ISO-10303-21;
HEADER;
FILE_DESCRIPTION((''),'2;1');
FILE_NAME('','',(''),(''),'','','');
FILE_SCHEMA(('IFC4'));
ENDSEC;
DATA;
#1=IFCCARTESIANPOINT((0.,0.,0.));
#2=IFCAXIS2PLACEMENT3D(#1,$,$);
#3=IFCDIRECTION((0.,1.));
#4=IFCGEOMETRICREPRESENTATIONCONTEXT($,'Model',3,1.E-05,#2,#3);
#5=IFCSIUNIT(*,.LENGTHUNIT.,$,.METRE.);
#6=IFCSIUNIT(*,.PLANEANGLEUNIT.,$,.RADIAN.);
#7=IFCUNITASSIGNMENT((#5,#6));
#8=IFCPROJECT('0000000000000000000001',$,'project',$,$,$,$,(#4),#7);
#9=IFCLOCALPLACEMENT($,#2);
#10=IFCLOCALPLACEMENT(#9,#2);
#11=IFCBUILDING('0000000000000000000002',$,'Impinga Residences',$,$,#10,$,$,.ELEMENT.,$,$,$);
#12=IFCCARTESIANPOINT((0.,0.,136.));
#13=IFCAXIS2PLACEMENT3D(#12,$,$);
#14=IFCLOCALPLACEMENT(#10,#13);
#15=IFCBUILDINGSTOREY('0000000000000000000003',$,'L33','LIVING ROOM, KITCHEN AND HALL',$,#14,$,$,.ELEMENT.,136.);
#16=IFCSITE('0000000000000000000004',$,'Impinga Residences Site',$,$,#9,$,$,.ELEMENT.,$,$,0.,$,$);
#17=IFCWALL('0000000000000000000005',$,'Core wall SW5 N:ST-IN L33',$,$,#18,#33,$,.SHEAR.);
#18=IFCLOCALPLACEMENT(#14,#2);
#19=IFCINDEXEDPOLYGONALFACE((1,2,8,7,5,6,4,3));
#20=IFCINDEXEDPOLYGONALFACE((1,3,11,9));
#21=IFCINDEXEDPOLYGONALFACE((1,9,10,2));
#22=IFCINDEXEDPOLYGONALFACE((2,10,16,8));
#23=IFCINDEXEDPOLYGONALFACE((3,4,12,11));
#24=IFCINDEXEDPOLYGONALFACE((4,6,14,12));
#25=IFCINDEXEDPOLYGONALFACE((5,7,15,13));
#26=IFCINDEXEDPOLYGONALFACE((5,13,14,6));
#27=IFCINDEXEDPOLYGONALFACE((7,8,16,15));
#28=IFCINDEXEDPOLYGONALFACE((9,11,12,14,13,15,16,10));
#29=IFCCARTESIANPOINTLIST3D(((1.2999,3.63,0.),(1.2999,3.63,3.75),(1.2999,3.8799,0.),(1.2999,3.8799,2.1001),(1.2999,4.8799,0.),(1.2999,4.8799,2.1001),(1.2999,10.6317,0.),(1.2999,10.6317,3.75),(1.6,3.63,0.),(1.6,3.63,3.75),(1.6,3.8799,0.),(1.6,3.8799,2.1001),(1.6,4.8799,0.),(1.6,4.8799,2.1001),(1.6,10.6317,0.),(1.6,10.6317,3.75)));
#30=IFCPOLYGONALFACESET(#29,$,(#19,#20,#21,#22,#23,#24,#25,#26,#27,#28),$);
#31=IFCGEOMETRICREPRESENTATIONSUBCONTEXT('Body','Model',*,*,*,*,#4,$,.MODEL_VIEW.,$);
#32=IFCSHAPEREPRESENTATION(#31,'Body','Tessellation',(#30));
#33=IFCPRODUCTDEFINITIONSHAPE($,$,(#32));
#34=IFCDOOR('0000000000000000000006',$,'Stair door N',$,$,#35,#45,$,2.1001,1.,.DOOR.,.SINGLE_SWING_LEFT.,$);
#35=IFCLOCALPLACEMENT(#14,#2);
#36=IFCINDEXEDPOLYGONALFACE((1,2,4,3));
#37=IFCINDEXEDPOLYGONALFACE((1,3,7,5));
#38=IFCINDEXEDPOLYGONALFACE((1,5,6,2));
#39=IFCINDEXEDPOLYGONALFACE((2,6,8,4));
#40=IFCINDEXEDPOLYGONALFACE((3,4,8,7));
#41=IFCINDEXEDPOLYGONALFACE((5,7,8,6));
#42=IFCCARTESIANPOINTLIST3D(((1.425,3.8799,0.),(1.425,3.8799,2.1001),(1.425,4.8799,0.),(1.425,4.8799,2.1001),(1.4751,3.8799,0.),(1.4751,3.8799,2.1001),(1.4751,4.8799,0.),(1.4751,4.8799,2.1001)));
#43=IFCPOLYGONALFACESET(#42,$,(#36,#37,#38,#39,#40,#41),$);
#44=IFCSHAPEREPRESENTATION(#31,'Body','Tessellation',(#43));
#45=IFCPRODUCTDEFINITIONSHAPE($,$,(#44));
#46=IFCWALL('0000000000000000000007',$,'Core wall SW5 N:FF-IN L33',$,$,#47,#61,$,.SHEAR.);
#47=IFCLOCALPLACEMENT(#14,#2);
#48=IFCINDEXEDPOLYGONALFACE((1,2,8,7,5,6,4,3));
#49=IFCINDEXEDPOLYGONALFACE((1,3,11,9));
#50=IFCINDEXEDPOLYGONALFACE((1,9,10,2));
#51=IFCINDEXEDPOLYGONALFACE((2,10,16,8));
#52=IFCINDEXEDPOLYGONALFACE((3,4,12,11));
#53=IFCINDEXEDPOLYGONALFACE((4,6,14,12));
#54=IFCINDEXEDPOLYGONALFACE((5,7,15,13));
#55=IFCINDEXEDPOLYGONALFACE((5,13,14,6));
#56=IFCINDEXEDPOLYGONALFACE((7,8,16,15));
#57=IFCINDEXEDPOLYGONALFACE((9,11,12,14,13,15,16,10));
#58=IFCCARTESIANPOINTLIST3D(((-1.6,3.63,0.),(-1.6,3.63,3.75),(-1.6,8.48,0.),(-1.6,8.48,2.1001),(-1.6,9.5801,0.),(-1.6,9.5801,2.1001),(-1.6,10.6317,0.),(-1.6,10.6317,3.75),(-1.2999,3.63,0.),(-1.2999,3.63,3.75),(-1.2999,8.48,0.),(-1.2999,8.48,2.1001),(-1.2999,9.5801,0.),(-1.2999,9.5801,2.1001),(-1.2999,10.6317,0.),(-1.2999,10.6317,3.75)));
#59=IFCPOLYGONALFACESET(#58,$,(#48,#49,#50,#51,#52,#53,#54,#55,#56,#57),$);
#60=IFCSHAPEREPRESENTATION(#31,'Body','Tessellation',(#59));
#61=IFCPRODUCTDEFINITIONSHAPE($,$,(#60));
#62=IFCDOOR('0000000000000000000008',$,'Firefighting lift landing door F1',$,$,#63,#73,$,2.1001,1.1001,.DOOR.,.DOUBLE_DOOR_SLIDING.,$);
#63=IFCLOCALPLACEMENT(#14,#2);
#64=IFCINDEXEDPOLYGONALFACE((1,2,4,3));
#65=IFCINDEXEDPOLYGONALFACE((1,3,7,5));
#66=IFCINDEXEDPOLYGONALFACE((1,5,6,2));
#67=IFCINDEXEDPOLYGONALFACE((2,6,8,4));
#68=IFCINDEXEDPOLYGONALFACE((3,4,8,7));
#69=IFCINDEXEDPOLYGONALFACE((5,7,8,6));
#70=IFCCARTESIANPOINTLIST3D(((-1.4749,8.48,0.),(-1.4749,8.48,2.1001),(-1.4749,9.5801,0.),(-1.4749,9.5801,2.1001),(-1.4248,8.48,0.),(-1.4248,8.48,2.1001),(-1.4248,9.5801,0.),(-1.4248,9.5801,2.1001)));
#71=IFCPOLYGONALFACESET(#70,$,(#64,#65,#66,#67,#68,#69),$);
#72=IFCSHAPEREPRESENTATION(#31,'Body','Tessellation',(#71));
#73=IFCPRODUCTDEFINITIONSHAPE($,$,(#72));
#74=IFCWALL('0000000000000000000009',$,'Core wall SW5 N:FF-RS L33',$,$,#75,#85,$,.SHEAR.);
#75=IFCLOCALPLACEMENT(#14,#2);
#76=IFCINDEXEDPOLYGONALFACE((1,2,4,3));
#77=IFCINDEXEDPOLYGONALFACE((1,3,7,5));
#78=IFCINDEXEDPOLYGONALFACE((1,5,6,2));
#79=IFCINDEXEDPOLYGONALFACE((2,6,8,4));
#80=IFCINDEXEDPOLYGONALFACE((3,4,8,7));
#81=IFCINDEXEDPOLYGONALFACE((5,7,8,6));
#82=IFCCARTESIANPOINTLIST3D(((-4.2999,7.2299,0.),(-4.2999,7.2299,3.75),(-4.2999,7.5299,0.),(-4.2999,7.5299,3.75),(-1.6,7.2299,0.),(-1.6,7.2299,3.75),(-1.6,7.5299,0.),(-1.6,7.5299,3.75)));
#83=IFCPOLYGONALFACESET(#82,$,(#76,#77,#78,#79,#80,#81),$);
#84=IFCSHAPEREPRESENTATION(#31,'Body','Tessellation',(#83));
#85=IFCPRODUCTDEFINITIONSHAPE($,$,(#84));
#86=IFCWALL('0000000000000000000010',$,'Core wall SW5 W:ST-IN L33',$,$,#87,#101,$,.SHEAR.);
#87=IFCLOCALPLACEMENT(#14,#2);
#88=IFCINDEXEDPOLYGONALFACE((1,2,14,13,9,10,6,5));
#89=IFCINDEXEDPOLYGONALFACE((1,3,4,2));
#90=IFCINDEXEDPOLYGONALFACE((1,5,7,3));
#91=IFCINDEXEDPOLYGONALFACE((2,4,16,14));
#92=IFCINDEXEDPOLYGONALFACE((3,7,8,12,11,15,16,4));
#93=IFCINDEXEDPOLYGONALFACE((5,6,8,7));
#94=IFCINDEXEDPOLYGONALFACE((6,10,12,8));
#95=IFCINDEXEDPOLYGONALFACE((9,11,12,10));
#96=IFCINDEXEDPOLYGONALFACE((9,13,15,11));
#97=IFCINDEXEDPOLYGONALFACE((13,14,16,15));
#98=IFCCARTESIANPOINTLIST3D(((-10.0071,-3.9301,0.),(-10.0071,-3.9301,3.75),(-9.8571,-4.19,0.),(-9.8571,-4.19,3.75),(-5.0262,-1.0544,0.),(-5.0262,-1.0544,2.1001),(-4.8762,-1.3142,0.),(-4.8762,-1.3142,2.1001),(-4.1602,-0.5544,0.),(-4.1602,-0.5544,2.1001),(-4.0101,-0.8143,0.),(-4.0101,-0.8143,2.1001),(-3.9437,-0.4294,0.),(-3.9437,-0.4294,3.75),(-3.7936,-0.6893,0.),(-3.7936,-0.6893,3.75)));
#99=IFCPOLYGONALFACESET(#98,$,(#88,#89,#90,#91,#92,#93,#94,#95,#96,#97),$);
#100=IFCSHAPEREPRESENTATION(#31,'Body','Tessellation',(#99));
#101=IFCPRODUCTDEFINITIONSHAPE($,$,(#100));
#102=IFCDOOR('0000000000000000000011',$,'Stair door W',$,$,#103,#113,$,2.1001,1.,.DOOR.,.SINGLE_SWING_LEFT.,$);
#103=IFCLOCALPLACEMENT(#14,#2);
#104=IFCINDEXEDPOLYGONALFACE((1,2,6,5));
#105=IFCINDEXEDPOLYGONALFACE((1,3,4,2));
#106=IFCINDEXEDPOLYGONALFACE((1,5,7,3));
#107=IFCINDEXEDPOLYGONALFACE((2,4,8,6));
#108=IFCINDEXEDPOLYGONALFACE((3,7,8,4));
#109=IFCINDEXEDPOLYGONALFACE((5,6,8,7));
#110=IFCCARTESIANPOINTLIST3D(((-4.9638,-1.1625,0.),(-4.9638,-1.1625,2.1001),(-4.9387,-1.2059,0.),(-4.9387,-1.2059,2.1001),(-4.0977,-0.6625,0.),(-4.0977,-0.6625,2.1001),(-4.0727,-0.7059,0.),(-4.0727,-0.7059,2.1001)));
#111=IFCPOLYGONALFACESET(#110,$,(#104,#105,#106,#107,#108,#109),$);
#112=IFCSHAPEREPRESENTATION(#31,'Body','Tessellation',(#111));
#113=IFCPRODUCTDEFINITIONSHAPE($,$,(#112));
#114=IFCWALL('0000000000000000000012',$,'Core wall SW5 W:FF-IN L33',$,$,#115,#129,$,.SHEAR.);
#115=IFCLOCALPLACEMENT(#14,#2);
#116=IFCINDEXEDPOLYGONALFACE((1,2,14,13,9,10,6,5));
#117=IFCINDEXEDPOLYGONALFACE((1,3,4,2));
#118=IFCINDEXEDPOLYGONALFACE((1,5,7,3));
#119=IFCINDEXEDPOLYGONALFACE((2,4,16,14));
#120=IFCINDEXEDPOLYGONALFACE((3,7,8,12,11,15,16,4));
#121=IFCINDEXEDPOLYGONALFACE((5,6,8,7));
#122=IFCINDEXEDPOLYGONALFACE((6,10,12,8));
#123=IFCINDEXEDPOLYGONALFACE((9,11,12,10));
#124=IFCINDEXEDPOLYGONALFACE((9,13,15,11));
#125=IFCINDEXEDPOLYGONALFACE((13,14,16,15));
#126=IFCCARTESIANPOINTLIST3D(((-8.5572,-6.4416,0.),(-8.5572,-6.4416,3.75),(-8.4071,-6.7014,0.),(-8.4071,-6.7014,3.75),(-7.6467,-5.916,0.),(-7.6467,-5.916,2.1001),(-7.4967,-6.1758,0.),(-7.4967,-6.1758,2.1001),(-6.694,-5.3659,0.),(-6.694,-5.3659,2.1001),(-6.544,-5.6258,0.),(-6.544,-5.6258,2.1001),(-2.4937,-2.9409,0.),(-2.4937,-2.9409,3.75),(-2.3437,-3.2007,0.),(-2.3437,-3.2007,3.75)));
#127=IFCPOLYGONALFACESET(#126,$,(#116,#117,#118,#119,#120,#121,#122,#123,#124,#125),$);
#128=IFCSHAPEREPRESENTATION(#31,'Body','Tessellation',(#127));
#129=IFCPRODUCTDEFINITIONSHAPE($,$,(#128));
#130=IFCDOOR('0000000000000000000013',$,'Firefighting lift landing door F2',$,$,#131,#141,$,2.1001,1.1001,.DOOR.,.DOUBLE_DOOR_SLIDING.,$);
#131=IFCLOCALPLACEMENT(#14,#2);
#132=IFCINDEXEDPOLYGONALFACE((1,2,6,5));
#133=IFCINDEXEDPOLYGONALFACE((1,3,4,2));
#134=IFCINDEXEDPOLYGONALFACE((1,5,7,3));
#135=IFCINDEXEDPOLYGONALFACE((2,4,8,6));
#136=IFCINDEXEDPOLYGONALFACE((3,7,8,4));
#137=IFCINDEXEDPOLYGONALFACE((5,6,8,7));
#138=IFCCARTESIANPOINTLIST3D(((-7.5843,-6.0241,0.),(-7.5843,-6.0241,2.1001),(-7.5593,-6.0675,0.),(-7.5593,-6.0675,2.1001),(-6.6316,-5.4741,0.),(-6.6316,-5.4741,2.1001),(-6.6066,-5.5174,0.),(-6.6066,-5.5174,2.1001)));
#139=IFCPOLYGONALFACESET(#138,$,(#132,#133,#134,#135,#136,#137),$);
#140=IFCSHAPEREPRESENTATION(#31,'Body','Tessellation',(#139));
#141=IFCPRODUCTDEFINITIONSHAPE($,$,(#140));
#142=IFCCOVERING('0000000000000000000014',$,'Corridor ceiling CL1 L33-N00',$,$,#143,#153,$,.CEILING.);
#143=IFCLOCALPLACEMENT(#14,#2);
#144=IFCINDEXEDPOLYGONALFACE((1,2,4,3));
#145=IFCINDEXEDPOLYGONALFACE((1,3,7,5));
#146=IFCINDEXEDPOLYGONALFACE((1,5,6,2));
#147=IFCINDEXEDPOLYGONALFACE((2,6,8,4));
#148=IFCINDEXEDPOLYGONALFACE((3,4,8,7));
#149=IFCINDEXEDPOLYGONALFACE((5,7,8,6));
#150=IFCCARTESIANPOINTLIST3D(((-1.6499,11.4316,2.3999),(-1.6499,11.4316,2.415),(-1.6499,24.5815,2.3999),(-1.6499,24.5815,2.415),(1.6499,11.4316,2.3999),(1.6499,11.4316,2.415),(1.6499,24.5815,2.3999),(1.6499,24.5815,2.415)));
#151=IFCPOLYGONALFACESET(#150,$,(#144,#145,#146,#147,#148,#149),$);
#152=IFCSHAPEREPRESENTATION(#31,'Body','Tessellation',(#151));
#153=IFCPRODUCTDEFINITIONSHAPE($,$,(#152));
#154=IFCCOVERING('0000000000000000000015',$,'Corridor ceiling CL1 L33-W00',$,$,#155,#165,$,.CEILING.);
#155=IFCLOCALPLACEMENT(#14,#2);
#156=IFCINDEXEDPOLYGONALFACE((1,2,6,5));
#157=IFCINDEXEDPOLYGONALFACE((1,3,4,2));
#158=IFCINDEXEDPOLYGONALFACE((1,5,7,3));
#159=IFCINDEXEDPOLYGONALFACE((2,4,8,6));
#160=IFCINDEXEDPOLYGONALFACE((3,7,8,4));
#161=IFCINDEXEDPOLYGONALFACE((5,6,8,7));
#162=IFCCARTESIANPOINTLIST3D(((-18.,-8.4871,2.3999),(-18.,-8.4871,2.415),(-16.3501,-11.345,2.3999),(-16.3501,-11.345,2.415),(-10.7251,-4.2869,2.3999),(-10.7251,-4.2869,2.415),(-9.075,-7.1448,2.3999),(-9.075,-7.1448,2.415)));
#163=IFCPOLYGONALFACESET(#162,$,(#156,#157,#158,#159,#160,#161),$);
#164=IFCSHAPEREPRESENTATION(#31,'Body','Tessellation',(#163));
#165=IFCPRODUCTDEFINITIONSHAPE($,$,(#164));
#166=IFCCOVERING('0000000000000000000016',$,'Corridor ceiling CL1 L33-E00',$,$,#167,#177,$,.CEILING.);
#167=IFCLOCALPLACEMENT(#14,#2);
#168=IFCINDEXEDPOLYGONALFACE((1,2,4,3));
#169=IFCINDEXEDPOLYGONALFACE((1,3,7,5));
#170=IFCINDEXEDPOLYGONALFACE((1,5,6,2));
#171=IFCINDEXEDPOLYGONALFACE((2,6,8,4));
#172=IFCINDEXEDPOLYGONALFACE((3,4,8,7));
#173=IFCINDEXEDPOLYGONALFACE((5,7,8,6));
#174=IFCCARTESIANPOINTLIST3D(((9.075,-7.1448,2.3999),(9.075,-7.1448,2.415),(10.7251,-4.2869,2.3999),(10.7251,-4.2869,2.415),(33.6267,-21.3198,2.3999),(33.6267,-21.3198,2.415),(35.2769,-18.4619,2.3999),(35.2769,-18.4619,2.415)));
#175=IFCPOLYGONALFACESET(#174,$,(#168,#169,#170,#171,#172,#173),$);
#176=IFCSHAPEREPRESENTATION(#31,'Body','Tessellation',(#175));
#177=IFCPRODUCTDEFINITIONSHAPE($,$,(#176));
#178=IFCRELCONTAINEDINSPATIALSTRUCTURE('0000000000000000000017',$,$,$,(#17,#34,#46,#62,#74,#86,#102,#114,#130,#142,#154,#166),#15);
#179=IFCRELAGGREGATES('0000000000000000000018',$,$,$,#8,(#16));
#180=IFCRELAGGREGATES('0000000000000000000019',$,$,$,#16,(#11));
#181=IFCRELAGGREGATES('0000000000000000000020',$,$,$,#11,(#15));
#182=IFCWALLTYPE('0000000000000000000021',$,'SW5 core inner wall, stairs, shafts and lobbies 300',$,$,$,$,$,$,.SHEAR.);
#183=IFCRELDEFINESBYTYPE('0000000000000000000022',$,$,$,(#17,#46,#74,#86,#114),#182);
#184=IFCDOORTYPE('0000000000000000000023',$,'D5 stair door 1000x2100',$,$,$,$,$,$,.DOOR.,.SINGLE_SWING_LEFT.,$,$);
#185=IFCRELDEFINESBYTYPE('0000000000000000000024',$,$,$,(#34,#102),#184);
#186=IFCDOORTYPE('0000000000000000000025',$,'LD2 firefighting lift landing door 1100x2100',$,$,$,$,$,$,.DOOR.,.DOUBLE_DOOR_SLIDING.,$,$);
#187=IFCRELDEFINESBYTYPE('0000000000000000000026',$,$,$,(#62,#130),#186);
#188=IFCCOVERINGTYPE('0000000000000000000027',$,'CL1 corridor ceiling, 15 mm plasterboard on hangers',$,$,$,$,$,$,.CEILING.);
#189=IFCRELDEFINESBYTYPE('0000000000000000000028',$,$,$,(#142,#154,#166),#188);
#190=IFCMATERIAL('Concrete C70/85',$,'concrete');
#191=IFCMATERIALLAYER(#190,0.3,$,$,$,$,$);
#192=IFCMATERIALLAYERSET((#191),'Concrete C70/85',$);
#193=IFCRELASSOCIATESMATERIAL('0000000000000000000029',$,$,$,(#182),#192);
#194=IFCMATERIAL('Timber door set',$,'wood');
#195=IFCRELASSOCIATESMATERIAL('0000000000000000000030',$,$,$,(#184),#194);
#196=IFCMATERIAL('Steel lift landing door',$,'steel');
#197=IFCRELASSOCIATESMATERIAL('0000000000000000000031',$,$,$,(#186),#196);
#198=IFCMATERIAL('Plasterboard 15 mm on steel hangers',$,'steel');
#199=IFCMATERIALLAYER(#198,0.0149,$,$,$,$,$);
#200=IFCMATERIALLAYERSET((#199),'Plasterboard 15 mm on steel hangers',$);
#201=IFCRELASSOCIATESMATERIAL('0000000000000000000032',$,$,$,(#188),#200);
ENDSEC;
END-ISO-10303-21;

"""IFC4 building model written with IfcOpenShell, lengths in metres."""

from ifc_helpers import new_model, si_unit, direction, frame, frame_2d, origin, place, context, subcontext, project, spatial, polyline, rectangle, outline, extrude, material, layer, layer_set, type_object, element, fill, save


model = new_model("IFC4")

# Units and contexts
model_context = context("Model", 3, precision=1e-05, world=origin(), true_north=direction((0.0, 1.0)))
body_context = subcontext(model_context, "Body", "Model", "MODEL_VIEW")
ifc_project = project(units=[si_unit("LENGTHUNIT", "METRE"), si_unit("PLANEANGLEUNIT", "RADIAN")], contexts=[model_context])

# Site, building, storey
site_placement = place(None, origin())
site = spatial("IfcSite", under=ifc_project, at=site_placement, Name="Impinga Residences Site", CompositionType="ELEMENT", RefElevation=0.0)
building_placement = place(site_placement, origin())
building = spatial("IfcBuilding", under=site, at=building_placement, Name="Impinga Residences", CompositionType="ELEMENT")
storey_placement = place(building_placement, frame((0.0, 0.0, 136.0)))
storey = spatial("IfcBuildingStorey", under=building, at=storey_placement, Name="L33", Description="LIVING ROOM, KITCHEN AND HALL", CompositionType="ELEMENT", Elevation=136.0)

# Walls, openings, doors
ifc_material_1 = material(Name="Concrete C70/85", Category="concrete")
ifc_layer_1 = layer(ifc_material_1, 0.3)
ifc_layer_set_1 = layer_set([ifc_layer_1], Name="Concrete C70/85")
wall_type_1 = type_object("IfcWallType", Name="SW5 core inner wall, stairs, shafts and lobbies 300", PredefinedType="SHEAR", material=ifc_layer_set_1)
wall_1_placement = place(storey_placement, frame((1.45, 3.6299, 0.0), z_axis=(0.0, 0.0, 1.0), x_axis=(0.0, 1.0, 0.0)))
wall_1 = element("IfcWall", 1, at=wall_1_placement, inside=storey, type_object=wall_type_1, Name="Core wall SW5 N:ST-IN L33", PredefinedType="SHEAR", context=body_context, shape_type="SweptSolid", body=[
    extrude(rectangle(XDim=7.0017, YDim=0.3, at=frame_2d((3.501, 0.0))), origin(), (0.0, 0.0, 1.0), 3.75),
])
opening_1_placement = place(wall_1_placement, frame((0.25, 0.0, 0.0)))
opening_1 = element("IfcOpeningElement", 2, at=opening_1_placement, cuts=wall_1, PredefinedType="OPENING", context=body_context, shape_type="SweptSolid", body=[
    extrude(rectangle(XDim=1.0, YDim=2.1001, at=frame_2d((0.5, 1.05))), frame((0.0, 0.1599, 0.0), z_axis=(0.0, -1.0, 0.0), x_axis=(1.0, 0.0, 0.0)), (0.0, 0.0, 1.0), 0.3201),
])
ifc_material_2 = material(Name="Timber door set", Category="wood")
door_type_1 = type_object("IfcDoorType", Name="D5 stair door 1000x2100", OperationType="SINGLE_SWING_LEFT", PredefinedType="DOOR", material=ifc_material_2)
door_1_placement = place(opening_1_placement, origin())
door_1 = element("IfcDoor", 3, at=door_1_placement, inside=storey, type_object=door_type_1, Name="Stair door N", OperationType="SINGLE_SWING_LEFT", OverallHeight=2.1001, OverallWidth=1.0, PredefinedType="DOOR", context=body_context, shape_type="SweptSolid", body=[
    extrude(rectangle(XDim=1.0, YDim=2.1001, at=frame_2d((0.5, 1.05))), frame((0.0, 0.0249, 0.0), z_axis=(0.0, -1.0, 0.0), x_axis=(1.0, 0.0, 0.0)), (0.0, 0.0, 1.0), 0.05),
])
fill(opening_1, door_1)
wall_2_placement = place(storey_placement, frame((-1.45, 3.6299, 0.0), z_axis=(0.0, 0.0, 1.0), x_axis=(0.0, 1.0, 0.0)))
wall_2 = element("IfcWall", 4, at=wall_2_placement, inside=storey, type_object=wall_type_1, Name="Core wall SW5 N:FF-IN L33", PredefinedType="SHEAR", context=body_context, shape_type="SweptSolid", body=[
    extrude(rectangle(XDim=7.0017, YDim=0.3, at=frame_2d((3.501, 0.0))), origin(), (0.0, 0.0, 1.0), 3.75),
])
opening_2_placement = place(wall_2_placement, frame((4.8501, 0.0, 0.0)))
opening_2 = element("IfcOpeningElement", 5, at=opening_2_placement, cuts=wall_2, PredefinedType="OPENING", context=body_context, shape_type="SweptSolid", body=[
    extrude(rectangle(XDim=1.1001, YDim=2.1001, at=frame_2d((0.55, 1.05))), frame((0.0, 0.1599, 0.0), z_axis=(0.0, -1.0, 0.0), x_axis=(1.0, 0.0, 0.0)), (0.0, 0.0, 1.0), 0.3201),
])
ifc_material_3 = material(Name="Steel lift landing door", Category="steel")
door_type_2 = type_object("IfcDoorType", Name="LD2 firefighting lift landing door 1100x2100", OperationType="DOUBLE_DOOR_SLIDING", PredefinedType="DOOR", material=ifc_material_3)
door_2_placement = place(opening_2_placement, origin())
door_2 = element("IfcDoor", 6, at=door_2_placement, inside=storey, type_object=door_type_2, Name="Firefighting lift landing door F1", OperationType="DOUBLE_DOOR_SLIDING", OverallHeight=2.1001, OverallWidth=1.1001, PredefinedType="DOOR", context=body_context, shape_type="SweptSolid", body=[
    extrude(rectangle(XDim=1.1001, YDim=2.1001, at=frame_2d((0.55, 1.05))), frame((0.0, 0.0249, 0.0), z_axis=(0.0, -1.0, 0.0), x_axis=(1.0, 0.0, 0.0)), (0.0, 0.0, 1.0), 0.05),
])
fill(opening_2, door_2)

# Wall
wall_3_placement = place(storey_placement, frame((-4.3, 7.3799, 0.0), z_axis=(0.0, 0.0, 1.0), x_axis=(1.0, 0.0, 0.0)))
element("IfcWall", 7, at=wall_3_placement, inside=storey, type_object=wall_type_1, Name="Core wall SW5 N:FF-RS L33", PredefinedType="SHEAR", context=body_context, shape_type="SweptSolid", body=[
    extrude(rectangle(XDim=2.7, YDim=0.3, at=frame_2d((1.3501, 0.0))), origin(), (0.0, 0.0, 1.0), 3.75),
])

# Walls, openings, doors
wall_4_placement = place(storey_placement, frame((-3.8687, -0.5593, 0.0), z_axis=(0.0, 0.0, 1.0), x_axis=(-0.866026, -0.499998, 0.0)))
wall_4 = element("IfcWall", 8, at=wall_4_placement, inside=storey, type_object=wall_type_1, Name="Core wall SW5 W:ST-IN L33", PredefinedType="SHEAR", context=body_context, shape_type="SweptSolid", body=[
    extrude(rectangle(XDim=7.0015, YDim=0.3, at=frame_2d((3.5007, 0.0))), origin(), (0.0, 0.0, 1.0), 3.75),
])
opening_3_placement = place(wall_4_placement, frame((0.25, 0.0, 0.0)))
opening_3 = element("IfcOpeningElement", 9, at=opening_3_placement, cuts=wall_4, PredefinedType="OPENING", context=body_context, shape_type="SweptSolid", body=[
    extrude(rectangle(XDim=1.0, YDim=2.1001, at=frame_2d((0.5, 1.05))), frame((0.0, 0.1599, 0.0), z_axis=(0.0, -1.0, 0.0), x_axis=(1.0, 0.0, 0.0)), (0.0, 0.0, 1.0), 0.3201),
])
door_3_placement = place(opening_3_placement, origin())
door_3 = element("IfcDoor", 10, at=door_3_placement, inside=storey, type_object=door_type_1, Name="Stair door W", OperationType="SINGLE_SWING_LEFT", OverallHeight=2.1001, OverallWidth=1.0, PredefinedType="DOOR", context=body_context, shape_type="SweptSolid", body=[
    extrude(rectangle(XDim=1.0, YDim=2.1001, at=frame_2d((0.5, 1.05))), frame((0.0, 0.0249, 0.0), z_axis=(0.0, -1.0, 0.0), x_axis=(1.0, 0.0, 0.0)), (0.0, 0.0, 1.0), 0.05),
])
fill(opening_3, door_3)
wall_5_placement = place(storey_placement, frame((-2.4187, -3.0708, 0.0), z_axis=(0.0, 0.0, 1.0), x_axis=(-0.866026, -0.499998, 0.0)))
wall_5 = element("IfcWall", 11, at=wall_5_placement, inside=storey, type_object=wall_type_1, Name="Core wall SW5 W:FF-IN L33", PredefinedType="SHEAR", context=body_context, shape_type="SweptSolid", body=[
    extrude(rectangle(XDim=7.0015, YDim=0.3, at=frame_2d((3.5007, 0.0))), origin(), (0.0, 0.0, 1.0), 3.75),
])
opening_4_placement = place(wall_5_placement, frame((4.8501, 0.0, 0.0)))
opening_4 = element("IfcOpeningElement", 12, at=opening_4_placement, cuts=wall_5, PredefinedType="OPENING", context=body_context, shape_type="SweptSolid", body=[
    extrude(rectangle(XDim=1.1001, YDim=2.1001, at=frame_2d((0.55, 1.05))), frame((0.0, 0.1599, 0.0), z_axis=(0.0, -1.0, 0.0), x_axis=(1.0, 0.0, 0.0)), (0.0, 0.0, 1.0), 0.3201),
])
door_4_placement = place(opening_4_placement, origin())
door_4 = element("IfcDoor", 13, at=door_4_placement, inside=storey, type_object=door_type_2, Name="Firefighting lift landing door F2", OperationType="DOUBLE_DOOR_SLIDING", OverallHeight=2.1001, OverallWidth=1.1001, PredefinedType="DOOR", context=body_context, shape_type="SweptSolid", body=[
    extrude(rectangle(XDim=1.1001, YDim=2.1001, at=frame_2d((0.55, 1.05))), frame((0.0, 0.0249, 0.0), z_axis=(0.0, -1.0, 0.0), x_axis=(1.0, 0.0, 0.0)), (0.0, 0.0, 1.0), 0.05),
])
fill(opening_4, door_4)

# Coverings
ifc_material_4 = material(Name="Plasterboard 15 mm on steel hangers", Category="steel")
ifc_layer_2 = layer(ifc_material_4, 0.0149)
ifc_layer_set_2 = layer_set([ifc_layer_2], Name="Plasterboard 15 mm on steel hangers")
covering_type_1 = type_object("IfcCoveringType", Name="CL1 corridor ceiling, 15 mm plasterboard on hangers", PredefinedType="CEILING", material=ifc_layer_set_2)
covering_1_placement = place(storey_placement, frame((0.0, 0.0, 2.3999)))
element("IfcCovering", 14, at=covering_1_placement, inside=storey, type_object=covering_type_1, Name="Corridor ceiling CL1 L33-N00", PredefinedType="CEILING", context=body_context, shape_type="SweptSolid", body=[
    extrude(outline(polyline([(-1.6499, 11.4316), (1.6499, 11.4316), (1.6499, 24.5815), (-1.6499, 24.5815), (-1.6499, 11.4316)])), origin(), (0.0, 0.0, 1.0), 0.0151),
])
covering_2_placement = place(storey_placement, frame((0.0, 0.0, 2.3999)))
element("IfcCovering", 15, at=covering_2_placement, inside=storey, type_object=covering_type_1, Name="Corridor ceiling CL1 L33-W00", PredefinedType="CEILING", context=body_context, shape_type="SweptSolid", body=[
    extrude(outline(polyline([(-10.7251, -4.2869), (-9.075, -7.1448), (-16.3501, -11.345), (-18.0, -8.4871), (-10.7251, -4.2869)])), origin(), (0.0, 0.0, 1.0), 0.0151),
])
covering_3_placement = place(storey_placement, frame((0.0, 0.0, 2.3999)))
element("IfcCovering", 16, at=covering_3_placement, inside=storey, type_object=covering_type_1, Name="Corridor ceiling CL1 L33-E00", PredefinedType="CEILING", context=body_context, shape_type="SweptSolid", body=[
    extrude(outline(polyline([(10.7251, -4.2869), (9.075, -7.1448), (33.6267, -21.3198), (35.2769, -18.4619), (10.7251, -4.2869)])), origin(), (0.0, 0.0, 1.0), 0.0151),
])

save(model, "model.ifc")
